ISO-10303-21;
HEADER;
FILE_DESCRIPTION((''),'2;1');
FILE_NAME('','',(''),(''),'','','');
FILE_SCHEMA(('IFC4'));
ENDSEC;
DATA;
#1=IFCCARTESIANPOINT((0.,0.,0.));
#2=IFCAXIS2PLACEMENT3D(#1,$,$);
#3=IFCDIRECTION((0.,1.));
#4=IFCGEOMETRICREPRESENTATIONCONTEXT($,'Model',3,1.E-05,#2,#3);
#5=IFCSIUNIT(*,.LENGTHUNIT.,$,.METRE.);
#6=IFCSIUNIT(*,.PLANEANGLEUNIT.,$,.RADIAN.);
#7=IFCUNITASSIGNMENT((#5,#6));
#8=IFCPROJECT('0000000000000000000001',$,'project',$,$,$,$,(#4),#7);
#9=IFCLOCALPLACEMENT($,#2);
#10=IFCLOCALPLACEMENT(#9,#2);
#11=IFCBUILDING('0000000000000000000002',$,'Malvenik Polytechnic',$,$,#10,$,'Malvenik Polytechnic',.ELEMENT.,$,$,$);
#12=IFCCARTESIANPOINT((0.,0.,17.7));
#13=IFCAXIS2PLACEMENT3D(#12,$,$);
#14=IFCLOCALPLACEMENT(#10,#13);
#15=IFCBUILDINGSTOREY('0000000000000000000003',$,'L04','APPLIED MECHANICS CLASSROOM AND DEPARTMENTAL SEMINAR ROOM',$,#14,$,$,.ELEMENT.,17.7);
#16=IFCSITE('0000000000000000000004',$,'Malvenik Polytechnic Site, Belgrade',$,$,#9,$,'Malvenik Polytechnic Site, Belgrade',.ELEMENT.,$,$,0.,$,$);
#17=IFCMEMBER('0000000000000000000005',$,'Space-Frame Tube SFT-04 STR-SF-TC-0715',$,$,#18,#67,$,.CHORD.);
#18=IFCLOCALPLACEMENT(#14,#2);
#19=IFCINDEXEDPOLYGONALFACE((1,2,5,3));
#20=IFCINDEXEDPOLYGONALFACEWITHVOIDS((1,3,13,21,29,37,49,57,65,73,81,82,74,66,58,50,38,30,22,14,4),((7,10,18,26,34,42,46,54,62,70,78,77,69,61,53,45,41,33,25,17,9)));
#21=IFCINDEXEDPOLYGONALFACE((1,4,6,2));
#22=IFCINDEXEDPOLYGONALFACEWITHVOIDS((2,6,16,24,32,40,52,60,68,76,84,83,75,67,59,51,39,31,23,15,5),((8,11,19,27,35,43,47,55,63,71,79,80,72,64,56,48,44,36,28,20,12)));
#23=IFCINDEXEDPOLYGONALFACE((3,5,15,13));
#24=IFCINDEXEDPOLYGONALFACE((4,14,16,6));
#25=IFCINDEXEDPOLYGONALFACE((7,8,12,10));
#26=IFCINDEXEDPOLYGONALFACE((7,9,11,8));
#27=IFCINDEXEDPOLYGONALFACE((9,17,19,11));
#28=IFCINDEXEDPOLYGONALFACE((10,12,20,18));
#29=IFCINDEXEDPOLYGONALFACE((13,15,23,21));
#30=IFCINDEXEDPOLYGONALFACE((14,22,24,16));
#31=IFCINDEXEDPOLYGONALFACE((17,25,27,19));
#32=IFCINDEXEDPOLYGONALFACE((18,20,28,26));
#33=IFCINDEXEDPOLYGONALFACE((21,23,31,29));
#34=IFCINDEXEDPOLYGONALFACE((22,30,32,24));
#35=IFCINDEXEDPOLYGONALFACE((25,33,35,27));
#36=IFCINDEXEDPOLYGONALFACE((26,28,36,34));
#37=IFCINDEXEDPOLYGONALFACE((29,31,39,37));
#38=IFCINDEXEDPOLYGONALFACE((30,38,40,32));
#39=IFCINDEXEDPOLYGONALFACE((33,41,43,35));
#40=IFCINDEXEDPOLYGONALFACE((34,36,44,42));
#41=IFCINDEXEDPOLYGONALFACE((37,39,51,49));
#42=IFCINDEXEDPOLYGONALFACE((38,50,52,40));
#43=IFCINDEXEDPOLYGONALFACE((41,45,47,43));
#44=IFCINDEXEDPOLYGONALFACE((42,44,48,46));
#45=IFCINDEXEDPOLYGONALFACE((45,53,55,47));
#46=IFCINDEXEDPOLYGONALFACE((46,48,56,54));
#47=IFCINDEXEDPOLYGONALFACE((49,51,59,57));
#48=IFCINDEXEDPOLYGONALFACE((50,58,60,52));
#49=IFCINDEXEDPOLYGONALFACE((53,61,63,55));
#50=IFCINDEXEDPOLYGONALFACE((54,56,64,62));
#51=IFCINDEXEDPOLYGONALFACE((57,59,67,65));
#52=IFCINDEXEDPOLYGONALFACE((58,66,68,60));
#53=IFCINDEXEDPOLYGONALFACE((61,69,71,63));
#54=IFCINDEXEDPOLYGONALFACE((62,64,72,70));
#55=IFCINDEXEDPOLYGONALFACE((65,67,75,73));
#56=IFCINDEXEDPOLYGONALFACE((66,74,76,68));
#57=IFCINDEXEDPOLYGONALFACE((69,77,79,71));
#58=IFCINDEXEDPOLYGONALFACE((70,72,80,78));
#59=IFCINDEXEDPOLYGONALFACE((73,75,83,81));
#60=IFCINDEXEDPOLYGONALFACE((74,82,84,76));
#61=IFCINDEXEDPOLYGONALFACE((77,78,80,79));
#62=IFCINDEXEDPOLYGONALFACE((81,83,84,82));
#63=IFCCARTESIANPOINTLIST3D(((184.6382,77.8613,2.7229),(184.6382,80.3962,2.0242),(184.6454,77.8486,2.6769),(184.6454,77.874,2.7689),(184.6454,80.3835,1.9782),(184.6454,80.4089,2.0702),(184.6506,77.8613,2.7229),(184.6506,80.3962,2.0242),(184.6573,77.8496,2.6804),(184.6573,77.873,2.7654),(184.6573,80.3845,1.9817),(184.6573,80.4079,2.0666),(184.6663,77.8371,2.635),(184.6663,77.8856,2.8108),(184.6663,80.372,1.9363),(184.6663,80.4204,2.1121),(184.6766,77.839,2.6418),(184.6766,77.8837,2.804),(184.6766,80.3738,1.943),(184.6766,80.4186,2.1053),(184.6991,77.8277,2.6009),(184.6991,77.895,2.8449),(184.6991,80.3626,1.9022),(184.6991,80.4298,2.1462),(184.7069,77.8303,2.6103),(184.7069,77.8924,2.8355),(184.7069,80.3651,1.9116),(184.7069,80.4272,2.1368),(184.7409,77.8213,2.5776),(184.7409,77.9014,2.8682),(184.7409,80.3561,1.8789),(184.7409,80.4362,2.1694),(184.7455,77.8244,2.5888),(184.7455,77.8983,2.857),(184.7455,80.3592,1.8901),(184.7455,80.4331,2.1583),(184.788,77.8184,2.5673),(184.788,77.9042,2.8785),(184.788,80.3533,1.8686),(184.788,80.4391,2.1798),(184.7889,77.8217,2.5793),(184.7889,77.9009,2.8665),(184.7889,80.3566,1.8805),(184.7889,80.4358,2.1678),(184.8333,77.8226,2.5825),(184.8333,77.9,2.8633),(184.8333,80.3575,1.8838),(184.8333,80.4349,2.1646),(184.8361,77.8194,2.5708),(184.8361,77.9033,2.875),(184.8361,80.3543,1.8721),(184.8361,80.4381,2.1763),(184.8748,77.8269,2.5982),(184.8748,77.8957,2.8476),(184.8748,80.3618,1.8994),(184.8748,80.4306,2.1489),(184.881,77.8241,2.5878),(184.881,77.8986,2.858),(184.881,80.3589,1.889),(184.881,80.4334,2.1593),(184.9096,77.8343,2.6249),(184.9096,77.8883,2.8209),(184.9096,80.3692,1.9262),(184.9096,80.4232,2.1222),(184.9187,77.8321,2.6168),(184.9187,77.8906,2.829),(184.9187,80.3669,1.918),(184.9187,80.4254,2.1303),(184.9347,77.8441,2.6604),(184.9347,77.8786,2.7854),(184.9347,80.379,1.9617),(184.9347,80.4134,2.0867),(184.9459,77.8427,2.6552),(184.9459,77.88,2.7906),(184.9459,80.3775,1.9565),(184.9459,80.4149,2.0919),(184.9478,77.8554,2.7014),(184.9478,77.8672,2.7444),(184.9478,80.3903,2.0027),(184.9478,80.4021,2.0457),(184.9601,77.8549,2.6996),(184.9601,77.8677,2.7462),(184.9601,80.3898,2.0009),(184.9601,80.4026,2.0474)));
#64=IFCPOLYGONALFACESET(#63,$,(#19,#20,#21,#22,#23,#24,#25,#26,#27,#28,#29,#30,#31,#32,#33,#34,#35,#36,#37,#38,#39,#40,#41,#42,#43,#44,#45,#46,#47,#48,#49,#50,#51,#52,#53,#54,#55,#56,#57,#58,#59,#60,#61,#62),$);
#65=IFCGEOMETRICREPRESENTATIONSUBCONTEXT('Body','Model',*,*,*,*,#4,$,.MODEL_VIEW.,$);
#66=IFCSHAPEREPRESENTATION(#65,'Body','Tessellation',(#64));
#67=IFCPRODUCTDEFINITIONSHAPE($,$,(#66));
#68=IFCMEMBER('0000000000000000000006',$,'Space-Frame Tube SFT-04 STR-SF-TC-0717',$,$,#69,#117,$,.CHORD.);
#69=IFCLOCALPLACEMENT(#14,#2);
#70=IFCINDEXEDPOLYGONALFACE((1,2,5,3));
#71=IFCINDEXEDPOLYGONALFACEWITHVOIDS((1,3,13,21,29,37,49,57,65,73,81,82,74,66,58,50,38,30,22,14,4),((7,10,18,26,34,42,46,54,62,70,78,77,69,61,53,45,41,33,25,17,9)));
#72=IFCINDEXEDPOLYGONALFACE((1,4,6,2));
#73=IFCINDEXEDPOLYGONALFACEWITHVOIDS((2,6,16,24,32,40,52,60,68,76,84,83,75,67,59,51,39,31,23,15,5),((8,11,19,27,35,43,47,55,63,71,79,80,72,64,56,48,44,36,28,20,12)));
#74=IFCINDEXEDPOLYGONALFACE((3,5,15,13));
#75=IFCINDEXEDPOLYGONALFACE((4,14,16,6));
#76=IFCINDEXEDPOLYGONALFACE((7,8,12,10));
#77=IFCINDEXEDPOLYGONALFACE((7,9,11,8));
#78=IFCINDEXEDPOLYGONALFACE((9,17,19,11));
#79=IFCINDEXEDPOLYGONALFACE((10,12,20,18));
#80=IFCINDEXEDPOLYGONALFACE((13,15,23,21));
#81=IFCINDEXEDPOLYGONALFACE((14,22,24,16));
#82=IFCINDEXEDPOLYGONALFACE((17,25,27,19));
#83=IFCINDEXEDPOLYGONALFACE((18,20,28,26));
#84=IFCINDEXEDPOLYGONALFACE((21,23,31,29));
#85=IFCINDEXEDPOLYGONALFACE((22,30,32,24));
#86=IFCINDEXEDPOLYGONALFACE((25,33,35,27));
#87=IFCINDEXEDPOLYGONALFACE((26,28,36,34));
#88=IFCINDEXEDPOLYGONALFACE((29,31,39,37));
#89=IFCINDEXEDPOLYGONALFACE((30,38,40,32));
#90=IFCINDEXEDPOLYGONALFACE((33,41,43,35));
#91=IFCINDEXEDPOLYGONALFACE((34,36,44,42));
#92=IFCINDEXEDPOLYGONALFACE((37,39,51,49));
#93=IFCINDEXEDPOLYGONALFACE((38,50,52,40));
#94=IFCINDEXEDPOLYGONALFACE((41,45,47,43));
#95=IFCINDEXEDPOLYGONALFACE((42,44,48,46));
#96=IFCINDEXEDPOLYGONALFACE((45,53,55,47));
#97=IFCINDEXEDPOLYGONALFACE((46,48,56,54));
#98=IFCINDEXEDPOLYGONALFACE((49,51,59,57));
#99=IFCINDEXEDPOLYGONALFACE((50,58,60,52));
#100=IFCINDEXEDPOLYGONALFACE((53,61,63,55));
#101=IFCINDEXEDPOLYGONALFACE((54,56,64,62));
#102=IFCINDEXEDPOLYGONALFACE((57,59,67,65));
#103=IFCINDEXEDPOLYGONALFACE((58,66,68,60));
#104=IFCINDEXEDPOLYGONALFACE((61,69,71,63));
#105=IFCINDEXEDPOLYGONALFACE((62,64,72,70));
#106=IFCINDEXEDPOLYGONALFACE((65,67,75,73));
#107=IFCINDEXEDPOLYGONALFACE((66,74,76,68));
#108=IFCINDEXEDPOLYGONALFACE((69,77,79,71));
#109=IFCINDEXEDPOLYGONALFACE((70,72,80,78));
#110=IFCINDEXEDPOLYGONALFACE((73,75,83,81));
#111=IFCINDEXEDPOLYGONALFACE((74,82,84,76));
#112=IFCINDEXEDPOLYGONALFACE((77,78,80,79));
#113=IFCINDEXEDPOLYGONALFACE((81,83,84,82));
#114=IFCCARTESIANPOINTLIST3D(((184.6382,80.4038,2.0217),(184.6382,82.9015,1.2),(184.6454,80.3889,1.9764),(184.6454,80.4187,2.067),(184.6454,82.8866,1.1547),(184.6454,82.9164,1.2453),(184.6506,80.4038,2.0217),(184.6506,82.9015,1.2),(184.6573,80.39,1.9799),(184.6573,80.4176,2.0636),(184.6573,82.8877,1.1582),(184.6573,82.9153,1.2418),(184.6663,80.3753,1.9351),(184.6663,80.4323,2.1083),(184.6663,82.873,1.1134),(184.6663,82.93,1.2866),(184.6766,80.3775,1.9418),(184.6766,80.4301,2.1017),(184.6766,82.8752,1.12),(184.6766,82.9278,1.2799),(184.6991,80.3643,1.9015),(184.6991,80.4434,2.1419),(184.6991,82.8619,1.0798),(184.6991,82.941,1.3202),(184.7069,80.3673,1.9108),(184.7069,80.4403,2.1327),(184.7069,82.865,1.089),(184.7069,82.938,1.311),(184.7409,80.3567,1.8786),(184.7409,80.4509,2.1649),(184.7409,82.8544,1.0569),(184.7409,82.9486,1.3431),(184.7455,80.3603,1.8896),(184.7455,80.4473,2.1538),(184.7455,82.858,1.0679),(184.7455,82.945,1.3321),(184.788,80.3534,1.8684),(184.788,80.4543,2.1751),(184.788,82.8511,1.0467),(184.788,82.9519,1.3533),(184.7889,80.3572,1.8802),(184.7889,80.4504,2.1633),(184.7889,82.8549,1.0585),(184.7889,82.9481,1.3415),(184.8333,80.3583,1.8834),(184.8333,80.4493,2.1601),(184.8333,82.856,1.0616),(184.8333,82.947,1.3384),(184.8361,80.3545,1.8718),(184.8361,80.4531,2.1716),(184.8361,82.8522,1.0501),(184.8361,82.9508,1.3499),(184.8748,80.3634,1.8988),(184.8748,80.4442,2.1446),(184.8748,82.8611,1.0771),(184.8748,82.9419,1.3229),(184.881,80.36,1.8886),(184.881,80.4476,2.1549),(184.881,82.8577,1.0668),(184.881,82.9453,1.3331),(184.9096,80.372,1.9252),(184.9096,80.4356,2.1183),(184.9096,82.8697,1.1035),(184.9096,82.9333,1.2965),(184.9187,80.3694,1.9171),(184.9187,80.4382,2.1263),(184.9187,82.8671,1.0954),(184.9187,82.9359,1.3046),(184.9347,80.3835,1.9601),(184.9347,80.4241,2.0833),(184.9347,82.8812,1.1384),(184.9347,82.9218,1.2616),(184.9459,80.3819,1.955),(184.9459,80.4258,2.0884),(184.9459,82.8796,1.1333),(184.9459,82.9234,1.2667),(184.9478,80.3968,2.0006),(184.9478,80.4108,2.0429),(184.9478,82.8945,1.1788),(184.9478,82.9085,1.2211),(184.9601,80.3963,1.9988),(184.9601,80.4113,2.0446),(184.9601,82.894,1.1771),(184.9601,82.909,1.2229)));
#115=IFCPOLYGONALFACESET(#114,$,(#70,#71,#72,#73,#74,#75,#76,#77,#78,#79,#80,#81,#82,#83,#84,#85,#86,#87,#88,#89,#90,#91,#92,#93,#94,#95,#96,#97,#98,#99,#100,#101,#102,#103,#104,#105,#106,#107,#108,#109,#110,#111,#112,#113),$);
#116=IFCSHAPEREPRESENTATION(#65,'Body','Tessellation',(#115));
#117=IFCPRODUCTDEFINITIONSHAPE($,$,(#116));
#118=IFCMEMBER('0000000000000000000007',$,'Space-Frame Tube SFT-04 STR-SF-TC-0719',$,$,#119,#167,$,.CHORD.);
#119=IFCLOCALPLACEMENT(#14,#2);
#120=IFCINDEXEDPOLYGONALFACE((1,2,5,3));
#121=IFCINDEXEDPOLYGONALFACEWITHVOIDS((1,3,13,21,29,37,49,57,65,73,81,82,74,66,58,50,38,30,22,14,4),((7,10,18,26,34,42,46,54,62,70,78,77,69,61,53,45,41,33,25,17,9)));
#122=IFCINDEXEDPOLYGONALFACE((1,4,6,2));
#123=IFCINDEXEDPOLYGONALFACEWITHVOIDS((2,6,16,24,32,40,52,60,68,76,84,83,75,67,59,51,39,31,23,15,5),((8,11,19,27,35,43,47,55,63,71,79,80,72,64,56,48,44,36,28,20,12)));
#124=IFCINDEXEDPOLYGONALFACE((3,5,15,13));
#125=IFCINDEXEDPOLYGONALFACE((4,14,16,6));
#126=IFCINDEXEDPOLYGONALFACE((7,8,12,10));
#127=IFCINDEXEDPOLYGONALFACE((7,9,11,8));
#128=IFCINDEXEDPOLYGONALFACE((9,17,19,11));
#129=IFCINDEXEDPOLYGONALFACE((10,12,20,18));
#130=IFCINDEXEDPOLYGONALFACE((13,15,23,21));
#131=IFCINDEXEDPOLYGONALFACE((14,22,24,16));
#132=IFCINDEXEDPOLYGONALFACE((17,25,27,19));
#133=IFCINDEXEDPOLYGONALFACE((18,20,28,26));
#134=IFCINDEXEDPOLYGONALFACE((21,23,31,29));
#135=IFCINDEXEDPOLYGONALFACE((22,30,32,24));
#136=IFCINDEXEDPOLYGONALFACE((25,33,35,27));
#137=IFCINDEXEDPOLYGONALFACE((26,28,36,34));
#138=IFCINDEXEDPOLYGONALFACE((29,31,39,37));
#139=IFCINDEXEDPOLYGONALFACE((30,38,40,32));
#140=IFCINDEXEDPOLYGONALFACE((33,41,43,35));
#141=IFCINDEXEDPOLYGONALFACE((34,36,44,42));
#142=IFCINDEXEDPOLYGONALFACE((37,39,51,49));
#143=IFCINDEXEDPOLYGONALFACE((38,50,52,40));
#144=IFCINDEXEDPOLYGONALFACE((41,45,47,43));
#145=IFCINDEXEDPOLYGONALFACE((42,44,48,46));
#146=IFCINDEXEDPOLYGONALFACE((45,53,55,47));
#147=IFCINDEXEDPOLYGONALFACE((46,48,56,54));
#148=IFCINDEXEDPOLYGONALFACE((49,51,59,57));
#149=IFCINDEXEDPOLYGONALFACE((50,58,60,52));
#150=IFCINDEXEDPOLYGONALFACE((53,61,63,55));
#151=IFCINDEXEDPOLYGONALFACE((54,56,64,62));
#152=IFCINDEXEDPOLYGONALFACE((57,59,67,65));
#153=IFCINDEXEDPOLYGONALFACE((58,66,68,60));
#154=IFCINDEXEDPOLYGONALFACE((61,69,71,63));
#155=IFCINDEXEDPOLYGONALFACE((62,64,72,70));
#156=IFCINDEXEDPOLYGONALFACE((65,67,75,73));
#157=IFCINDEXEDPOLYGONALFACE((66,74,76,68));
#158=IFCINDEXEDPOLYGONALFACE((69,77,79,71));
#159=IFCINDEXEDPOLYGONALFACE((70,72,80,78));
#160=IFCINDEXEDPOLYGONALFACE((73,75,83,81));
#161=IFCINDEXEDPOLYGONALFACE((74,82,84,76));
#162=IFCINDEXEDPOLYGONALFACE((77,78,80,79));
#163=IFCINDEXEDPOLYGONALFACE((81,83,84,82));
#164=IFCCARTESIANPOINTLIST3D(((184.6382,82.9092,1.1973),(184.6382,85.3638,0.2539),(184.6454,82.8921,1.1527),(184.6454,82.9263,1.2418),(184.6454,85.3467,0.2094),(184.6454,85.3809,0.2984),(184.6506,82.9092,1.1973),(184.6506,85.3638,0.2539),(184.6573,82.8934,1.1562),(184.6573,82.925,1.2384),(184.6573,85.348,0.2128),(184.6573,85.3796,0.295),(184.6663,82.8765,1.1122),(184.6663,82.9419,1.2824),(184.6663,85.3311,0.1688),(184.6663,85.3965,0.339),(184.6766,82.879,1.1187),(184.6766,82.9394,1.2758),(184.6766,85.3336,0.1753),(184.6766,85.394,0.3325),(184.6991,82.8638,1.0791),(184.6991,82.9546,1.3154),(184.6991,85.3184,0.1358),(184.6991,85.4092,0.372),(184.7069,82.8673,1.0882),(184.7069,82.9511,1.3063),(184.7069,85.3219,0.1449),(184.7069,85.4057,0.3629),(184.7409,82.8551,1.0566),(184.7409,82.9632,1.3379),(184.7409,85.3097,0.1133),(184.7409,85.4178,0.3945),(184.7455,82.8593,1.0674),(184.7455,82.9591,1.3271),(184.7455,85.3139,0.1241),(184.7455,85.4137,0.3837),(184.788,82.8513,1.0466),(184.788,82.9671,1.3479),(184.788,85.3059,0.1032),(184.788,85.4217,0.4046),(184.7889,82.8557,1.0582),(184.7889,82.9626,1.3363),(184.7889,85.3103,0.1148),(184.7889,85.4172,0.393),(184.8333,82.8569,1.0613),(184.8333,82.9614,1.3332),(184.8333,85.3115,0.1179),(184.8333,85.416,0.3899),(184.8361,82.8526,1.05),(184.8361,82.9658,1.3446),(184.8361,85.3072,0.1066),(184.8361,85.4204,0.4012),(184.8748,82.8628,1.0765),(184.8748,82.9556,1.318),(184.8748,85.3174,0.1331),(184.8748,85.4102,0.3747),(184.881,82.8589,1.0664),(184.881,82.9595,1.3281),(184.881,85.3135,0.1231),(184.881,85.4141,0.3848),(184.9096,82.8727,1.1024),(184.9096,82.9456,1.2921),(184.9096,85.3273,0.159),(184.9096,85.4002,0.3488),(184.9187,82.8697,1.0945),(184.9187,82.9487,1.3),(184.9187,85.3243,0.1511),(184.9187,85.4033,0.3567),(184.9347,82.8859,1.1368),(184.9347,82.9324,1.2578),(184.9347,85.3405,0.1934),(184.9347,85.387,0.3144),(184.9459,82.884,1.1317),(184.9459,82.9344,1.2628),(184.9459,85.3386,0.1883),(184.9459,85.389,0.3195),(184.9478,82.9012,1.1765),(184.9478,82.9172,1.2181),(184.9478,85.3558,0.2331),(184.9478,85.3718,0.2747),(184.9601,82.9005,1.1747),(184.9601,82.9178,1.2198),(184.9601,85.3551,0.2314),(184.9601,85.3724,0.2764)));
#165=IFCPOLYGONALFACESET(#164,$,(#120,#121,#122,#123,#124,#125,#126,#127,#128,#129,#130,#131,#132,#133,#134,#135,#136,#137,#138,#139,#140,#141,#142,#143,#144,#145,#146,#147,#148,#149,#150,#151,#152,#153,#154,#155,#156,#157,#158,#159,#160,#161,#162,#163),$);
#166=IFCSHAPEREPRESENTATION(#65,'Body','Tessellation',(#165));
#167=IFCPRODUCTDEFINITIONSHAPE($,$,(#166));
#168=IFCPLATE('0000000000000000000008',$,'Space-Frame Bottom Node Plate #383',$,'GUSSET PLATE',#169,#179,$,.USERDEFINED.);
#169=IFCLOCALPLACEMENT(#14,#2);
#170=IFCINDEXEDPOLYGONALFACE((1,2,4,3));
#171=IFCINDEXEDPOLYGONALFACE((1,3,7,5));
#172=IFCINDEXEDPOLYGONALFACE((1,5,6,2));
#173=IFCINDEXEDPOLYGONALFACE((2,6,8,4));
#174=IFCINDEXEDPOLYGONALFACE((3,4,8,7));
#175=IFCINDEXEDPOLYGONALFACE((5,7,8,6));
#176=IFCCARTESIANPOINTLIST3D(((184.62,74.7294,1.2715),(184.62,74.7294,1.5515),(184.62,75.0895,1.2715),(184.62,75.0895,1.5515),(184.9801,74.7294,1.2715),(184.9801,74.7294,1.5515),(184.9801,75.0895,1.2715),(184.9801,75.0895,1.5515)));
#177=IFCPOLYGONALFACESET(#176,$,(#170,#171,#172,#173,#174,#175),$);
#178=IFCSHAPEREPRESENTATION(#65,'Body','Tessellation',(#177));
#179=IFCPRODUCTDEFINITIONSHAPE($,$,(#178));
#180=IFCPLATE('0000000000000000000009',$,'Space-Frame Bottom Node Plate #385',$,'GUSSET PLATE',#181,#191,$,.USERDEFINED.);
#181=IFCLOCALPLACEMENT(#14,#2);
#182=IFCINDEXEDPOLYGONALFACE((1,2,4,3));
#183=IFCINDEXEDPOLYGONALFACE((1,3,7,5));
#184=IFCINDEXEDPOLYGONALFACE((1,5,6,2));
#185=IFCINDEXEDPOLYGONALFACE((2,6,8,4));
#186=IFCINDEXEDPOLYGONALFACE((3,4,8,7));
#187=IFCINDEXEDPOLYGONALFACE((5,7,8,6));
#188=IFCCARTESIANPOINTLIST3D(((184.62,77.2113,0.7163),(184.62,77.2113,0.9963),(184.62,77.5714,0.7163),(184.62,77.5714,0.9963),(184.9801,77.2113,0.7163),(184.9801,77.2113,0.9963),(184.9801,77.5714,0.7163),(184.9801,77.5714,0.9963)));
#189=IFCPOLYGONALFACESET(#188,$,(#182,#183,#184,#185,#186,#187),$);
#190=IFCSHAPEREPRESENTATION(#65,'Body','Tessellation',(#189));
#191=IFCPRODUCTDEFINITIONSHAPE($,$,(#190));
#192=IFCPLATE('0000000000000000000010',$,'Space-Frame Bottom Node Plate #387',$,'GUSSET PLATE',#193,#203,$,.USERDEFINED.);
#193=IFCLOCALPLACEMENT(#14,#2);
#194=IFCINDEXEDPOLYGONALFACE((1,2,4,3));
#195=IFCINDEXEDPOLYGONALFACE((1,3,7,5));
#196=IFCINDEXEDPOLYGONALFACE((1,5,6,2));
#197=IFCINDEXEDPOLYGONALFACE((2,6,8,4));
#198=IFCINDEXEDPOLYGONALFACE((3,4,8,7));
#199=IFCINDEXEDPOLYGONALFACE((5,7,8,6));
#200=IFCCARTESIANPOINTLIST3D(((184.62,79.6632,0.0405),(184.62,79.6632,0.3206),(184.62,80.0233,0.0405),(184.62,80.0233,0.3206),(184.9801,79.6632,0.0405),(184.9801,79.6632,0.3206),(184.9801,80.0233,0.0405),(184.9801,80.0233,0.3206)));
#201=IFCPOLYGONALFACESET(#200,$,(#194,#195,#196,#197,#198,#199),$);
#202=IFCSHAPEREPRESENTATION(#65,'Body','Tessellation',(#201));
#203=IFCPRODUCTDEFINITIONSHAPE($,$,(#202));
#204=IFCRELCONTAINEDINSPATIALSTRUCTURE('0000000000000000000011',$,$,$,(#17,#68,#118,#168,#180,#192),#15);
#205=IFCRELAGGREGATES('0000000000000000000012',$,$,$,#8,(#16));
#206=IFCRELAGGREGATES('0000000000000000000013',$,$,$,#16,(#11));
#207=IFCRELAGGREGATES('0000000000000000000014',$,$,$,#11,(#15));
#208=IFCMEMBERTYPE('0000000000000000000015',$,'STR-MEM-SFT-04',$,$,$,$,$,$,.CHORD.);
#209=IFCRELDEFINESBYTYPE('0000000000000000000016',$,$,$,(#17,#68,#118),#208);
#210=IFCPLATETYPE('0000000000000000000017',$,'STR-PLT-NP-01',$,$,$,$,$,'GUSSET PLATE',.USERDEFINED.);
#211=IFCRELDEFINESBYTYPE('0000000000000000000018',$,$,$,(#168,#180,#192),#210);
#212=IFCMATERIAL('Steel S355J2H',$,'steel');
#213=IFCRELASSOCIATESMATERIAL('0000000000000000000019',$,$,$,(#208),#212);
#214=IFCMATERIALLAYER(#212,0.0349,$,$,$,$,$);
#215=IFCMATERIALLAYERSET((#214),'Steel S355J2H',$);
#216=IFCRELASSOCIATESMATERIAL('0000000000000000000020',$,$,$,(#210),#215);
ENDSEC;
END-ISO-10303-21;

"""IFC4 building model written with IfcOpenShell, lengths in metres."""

from ifc_helpers import new_model, si_unit, direction, frame, origin, origin_2d, place, context, subcontext, project, spatial, rectangle, hollow_circle, extrude, material, layer, layer_set, material_profile, profile_set, type_object, element, save


model = new_model("IFC4")

# Units and contexts
model_context = context("Model", 3, precision=1e-05, world=origin(), true_north=direction((0.0, 1.0)))
body_context = subcontext(model_context, "Body", "Model", "MODEL_VIEW")
ifc_project = project(units=[si_unit("LENGTHUNIT", "METRE"), si_unit("PLANEANGLEUNIT", "RADIAN")], contexts=[model_context])

# Site, building, storey
site_placement = place(None, origin())
site = spatial("IfcSite", under=ifc_project, at=site_placement, Name="Malvenik Polytechnic Site, Belgrade", LongName="Malvenik Polytechnic Site, Belgrade", CompositionType="ELEMENT", RefElevation=0.0)
building_placement = place(site_placement, origin())
building = spatial("IfcBuilding", under=site, at=building_placement, Name="Malvenik Polytechnic", LongName="Malvenik Polytechnic", CompositionType="ELEMENT")
storey_placement = place(building_placement, frame((0.0, 0.0, 17.7)))
storey = spatial("IfcBuildingStorey", under=building, at=storey_placement, Name="L04", Description="APPLIED MECHANICS CLASSROOM AND DEPARTMENTAL SEMINAR ROOM", CompositionType="ELEMENT", Elevation=17.7)

# Members
ifc_material = material(Name="Steel S355J2H", Category="steel")
ifc_material_profile_1 = material_profile(ifc_material, hollow_circle(Radius=0.1619, WallThickness=0.0125, at=origin_2d()), Name="CHS 323.9x12.5")
ifc_profile_set_1 = profile_set([ifc_material_profile_1], Name="Steel S355J2H")
member_type_1 = type_object("IfcMemberType", Name="STR-MEM-SFT-04", PredefinedType="CHORD", material=ifc_profile_set_1)
for number, where, z_axis, x_axis, name in (
    (1, (184.8, 77.8613, 2.7229), (0.0, 0.964047, -0.265733), (-1.0, 0.0, 0.0), "Space-Frame Tube SFT-04 STR-SF-TC-0715"),
    (2, (184.8, 80.4038, 2.0217), (0.0, 0.949911, -0.312521), (-1.0, 0.0, 0.0), "Space-Frame Tube SFT-04 STR-SF-TC-0717"),
):
    element("IfcMember", number, at=place(storey_placement, frame(where, z_axis=z_axis, x_axis=x_axis)), inside=storey, type_object=member_type_1, Name=name, PredefinedType="CHORD", context=body_context, shape_type="SweptSolid", body=[
        extrude(hollow_circle(Radius=0.1619, WallThickness=0.0125, at=origin_2d()), origin(), (0.0, 0.0, 1.0), 2.6294),
    ])
member_1_placement = place(storey_placement, frame((184.8, 82.9092, 1.1973), z_axis=(0.0, 0.933437, -0.358743), x_axis=(-1.0, 0.0, 0.0)))
element("IfcMember", 3, at=member_1_placement, inside=storey, type_object=member_type_1, Name="Space-Frame Tube SFT-04 STR-SF-TC-0719", PredefinedType="CHORD", context=body_context, shape_type="SweptSolid", body=[
    extrude(hollow_circle(Radius=0.1619, WallThickness=0.0125, at=origin_2d()), origin(), (0.0, 0.0, 1.0), 2.6296),
])

# Plates
ifc_layer_1 = layer(ifc_material, 0.0349)
ifc_layer_set_1 = layer_set([ifc_layer_1], Name="Steel S355J2H")
plate_type_1 = type_object("IfcPlateType", Name="STR-PLT-NP-01", ElementType="GUSSET PLATE", PredefinedType="USERDEFINED", material=ifc_layer_set_1)
for number, where, z_axis, x_axis, name in (
    (4, (184.8, 74.9094, 1.2715), (0.0, 0.0, 1.0), (1.0, 0.0, 0.0), "Space-Frame Bottom Node Plate #383"),
    (5, (184.8, 77.3914, 0.7163), (0.0, 0.0, 1.0), (1.0, 0.0, 0.0), "Space-Frame Bottom Node Plate #385"),
    (6, (184.8, 79.8433, 0.0405), (0.0, 0.0, 1.0), (1.0, 0.0, 0.0), "Space-Frame Bottom Node Plate #387"),
):
    element("IfcPlate", number, at=place(storey_placement, frame(where, z_axis=z_axis, x_axis=x_axis)), inside=storey, type_object=plate_type_1, Name=name, ObjectType="GUSSET PLATE", PredefinedType="USERDEFINED", context=body_context, shape_type="SweptSolid", body=[
        extrude(rectangle(XDim=0.3601, YDim=0.3601, at=origin_2d()), origin(), (0.0, 0.0, 1.0), 0.28),
    ])

save(model, "model.ifc")
